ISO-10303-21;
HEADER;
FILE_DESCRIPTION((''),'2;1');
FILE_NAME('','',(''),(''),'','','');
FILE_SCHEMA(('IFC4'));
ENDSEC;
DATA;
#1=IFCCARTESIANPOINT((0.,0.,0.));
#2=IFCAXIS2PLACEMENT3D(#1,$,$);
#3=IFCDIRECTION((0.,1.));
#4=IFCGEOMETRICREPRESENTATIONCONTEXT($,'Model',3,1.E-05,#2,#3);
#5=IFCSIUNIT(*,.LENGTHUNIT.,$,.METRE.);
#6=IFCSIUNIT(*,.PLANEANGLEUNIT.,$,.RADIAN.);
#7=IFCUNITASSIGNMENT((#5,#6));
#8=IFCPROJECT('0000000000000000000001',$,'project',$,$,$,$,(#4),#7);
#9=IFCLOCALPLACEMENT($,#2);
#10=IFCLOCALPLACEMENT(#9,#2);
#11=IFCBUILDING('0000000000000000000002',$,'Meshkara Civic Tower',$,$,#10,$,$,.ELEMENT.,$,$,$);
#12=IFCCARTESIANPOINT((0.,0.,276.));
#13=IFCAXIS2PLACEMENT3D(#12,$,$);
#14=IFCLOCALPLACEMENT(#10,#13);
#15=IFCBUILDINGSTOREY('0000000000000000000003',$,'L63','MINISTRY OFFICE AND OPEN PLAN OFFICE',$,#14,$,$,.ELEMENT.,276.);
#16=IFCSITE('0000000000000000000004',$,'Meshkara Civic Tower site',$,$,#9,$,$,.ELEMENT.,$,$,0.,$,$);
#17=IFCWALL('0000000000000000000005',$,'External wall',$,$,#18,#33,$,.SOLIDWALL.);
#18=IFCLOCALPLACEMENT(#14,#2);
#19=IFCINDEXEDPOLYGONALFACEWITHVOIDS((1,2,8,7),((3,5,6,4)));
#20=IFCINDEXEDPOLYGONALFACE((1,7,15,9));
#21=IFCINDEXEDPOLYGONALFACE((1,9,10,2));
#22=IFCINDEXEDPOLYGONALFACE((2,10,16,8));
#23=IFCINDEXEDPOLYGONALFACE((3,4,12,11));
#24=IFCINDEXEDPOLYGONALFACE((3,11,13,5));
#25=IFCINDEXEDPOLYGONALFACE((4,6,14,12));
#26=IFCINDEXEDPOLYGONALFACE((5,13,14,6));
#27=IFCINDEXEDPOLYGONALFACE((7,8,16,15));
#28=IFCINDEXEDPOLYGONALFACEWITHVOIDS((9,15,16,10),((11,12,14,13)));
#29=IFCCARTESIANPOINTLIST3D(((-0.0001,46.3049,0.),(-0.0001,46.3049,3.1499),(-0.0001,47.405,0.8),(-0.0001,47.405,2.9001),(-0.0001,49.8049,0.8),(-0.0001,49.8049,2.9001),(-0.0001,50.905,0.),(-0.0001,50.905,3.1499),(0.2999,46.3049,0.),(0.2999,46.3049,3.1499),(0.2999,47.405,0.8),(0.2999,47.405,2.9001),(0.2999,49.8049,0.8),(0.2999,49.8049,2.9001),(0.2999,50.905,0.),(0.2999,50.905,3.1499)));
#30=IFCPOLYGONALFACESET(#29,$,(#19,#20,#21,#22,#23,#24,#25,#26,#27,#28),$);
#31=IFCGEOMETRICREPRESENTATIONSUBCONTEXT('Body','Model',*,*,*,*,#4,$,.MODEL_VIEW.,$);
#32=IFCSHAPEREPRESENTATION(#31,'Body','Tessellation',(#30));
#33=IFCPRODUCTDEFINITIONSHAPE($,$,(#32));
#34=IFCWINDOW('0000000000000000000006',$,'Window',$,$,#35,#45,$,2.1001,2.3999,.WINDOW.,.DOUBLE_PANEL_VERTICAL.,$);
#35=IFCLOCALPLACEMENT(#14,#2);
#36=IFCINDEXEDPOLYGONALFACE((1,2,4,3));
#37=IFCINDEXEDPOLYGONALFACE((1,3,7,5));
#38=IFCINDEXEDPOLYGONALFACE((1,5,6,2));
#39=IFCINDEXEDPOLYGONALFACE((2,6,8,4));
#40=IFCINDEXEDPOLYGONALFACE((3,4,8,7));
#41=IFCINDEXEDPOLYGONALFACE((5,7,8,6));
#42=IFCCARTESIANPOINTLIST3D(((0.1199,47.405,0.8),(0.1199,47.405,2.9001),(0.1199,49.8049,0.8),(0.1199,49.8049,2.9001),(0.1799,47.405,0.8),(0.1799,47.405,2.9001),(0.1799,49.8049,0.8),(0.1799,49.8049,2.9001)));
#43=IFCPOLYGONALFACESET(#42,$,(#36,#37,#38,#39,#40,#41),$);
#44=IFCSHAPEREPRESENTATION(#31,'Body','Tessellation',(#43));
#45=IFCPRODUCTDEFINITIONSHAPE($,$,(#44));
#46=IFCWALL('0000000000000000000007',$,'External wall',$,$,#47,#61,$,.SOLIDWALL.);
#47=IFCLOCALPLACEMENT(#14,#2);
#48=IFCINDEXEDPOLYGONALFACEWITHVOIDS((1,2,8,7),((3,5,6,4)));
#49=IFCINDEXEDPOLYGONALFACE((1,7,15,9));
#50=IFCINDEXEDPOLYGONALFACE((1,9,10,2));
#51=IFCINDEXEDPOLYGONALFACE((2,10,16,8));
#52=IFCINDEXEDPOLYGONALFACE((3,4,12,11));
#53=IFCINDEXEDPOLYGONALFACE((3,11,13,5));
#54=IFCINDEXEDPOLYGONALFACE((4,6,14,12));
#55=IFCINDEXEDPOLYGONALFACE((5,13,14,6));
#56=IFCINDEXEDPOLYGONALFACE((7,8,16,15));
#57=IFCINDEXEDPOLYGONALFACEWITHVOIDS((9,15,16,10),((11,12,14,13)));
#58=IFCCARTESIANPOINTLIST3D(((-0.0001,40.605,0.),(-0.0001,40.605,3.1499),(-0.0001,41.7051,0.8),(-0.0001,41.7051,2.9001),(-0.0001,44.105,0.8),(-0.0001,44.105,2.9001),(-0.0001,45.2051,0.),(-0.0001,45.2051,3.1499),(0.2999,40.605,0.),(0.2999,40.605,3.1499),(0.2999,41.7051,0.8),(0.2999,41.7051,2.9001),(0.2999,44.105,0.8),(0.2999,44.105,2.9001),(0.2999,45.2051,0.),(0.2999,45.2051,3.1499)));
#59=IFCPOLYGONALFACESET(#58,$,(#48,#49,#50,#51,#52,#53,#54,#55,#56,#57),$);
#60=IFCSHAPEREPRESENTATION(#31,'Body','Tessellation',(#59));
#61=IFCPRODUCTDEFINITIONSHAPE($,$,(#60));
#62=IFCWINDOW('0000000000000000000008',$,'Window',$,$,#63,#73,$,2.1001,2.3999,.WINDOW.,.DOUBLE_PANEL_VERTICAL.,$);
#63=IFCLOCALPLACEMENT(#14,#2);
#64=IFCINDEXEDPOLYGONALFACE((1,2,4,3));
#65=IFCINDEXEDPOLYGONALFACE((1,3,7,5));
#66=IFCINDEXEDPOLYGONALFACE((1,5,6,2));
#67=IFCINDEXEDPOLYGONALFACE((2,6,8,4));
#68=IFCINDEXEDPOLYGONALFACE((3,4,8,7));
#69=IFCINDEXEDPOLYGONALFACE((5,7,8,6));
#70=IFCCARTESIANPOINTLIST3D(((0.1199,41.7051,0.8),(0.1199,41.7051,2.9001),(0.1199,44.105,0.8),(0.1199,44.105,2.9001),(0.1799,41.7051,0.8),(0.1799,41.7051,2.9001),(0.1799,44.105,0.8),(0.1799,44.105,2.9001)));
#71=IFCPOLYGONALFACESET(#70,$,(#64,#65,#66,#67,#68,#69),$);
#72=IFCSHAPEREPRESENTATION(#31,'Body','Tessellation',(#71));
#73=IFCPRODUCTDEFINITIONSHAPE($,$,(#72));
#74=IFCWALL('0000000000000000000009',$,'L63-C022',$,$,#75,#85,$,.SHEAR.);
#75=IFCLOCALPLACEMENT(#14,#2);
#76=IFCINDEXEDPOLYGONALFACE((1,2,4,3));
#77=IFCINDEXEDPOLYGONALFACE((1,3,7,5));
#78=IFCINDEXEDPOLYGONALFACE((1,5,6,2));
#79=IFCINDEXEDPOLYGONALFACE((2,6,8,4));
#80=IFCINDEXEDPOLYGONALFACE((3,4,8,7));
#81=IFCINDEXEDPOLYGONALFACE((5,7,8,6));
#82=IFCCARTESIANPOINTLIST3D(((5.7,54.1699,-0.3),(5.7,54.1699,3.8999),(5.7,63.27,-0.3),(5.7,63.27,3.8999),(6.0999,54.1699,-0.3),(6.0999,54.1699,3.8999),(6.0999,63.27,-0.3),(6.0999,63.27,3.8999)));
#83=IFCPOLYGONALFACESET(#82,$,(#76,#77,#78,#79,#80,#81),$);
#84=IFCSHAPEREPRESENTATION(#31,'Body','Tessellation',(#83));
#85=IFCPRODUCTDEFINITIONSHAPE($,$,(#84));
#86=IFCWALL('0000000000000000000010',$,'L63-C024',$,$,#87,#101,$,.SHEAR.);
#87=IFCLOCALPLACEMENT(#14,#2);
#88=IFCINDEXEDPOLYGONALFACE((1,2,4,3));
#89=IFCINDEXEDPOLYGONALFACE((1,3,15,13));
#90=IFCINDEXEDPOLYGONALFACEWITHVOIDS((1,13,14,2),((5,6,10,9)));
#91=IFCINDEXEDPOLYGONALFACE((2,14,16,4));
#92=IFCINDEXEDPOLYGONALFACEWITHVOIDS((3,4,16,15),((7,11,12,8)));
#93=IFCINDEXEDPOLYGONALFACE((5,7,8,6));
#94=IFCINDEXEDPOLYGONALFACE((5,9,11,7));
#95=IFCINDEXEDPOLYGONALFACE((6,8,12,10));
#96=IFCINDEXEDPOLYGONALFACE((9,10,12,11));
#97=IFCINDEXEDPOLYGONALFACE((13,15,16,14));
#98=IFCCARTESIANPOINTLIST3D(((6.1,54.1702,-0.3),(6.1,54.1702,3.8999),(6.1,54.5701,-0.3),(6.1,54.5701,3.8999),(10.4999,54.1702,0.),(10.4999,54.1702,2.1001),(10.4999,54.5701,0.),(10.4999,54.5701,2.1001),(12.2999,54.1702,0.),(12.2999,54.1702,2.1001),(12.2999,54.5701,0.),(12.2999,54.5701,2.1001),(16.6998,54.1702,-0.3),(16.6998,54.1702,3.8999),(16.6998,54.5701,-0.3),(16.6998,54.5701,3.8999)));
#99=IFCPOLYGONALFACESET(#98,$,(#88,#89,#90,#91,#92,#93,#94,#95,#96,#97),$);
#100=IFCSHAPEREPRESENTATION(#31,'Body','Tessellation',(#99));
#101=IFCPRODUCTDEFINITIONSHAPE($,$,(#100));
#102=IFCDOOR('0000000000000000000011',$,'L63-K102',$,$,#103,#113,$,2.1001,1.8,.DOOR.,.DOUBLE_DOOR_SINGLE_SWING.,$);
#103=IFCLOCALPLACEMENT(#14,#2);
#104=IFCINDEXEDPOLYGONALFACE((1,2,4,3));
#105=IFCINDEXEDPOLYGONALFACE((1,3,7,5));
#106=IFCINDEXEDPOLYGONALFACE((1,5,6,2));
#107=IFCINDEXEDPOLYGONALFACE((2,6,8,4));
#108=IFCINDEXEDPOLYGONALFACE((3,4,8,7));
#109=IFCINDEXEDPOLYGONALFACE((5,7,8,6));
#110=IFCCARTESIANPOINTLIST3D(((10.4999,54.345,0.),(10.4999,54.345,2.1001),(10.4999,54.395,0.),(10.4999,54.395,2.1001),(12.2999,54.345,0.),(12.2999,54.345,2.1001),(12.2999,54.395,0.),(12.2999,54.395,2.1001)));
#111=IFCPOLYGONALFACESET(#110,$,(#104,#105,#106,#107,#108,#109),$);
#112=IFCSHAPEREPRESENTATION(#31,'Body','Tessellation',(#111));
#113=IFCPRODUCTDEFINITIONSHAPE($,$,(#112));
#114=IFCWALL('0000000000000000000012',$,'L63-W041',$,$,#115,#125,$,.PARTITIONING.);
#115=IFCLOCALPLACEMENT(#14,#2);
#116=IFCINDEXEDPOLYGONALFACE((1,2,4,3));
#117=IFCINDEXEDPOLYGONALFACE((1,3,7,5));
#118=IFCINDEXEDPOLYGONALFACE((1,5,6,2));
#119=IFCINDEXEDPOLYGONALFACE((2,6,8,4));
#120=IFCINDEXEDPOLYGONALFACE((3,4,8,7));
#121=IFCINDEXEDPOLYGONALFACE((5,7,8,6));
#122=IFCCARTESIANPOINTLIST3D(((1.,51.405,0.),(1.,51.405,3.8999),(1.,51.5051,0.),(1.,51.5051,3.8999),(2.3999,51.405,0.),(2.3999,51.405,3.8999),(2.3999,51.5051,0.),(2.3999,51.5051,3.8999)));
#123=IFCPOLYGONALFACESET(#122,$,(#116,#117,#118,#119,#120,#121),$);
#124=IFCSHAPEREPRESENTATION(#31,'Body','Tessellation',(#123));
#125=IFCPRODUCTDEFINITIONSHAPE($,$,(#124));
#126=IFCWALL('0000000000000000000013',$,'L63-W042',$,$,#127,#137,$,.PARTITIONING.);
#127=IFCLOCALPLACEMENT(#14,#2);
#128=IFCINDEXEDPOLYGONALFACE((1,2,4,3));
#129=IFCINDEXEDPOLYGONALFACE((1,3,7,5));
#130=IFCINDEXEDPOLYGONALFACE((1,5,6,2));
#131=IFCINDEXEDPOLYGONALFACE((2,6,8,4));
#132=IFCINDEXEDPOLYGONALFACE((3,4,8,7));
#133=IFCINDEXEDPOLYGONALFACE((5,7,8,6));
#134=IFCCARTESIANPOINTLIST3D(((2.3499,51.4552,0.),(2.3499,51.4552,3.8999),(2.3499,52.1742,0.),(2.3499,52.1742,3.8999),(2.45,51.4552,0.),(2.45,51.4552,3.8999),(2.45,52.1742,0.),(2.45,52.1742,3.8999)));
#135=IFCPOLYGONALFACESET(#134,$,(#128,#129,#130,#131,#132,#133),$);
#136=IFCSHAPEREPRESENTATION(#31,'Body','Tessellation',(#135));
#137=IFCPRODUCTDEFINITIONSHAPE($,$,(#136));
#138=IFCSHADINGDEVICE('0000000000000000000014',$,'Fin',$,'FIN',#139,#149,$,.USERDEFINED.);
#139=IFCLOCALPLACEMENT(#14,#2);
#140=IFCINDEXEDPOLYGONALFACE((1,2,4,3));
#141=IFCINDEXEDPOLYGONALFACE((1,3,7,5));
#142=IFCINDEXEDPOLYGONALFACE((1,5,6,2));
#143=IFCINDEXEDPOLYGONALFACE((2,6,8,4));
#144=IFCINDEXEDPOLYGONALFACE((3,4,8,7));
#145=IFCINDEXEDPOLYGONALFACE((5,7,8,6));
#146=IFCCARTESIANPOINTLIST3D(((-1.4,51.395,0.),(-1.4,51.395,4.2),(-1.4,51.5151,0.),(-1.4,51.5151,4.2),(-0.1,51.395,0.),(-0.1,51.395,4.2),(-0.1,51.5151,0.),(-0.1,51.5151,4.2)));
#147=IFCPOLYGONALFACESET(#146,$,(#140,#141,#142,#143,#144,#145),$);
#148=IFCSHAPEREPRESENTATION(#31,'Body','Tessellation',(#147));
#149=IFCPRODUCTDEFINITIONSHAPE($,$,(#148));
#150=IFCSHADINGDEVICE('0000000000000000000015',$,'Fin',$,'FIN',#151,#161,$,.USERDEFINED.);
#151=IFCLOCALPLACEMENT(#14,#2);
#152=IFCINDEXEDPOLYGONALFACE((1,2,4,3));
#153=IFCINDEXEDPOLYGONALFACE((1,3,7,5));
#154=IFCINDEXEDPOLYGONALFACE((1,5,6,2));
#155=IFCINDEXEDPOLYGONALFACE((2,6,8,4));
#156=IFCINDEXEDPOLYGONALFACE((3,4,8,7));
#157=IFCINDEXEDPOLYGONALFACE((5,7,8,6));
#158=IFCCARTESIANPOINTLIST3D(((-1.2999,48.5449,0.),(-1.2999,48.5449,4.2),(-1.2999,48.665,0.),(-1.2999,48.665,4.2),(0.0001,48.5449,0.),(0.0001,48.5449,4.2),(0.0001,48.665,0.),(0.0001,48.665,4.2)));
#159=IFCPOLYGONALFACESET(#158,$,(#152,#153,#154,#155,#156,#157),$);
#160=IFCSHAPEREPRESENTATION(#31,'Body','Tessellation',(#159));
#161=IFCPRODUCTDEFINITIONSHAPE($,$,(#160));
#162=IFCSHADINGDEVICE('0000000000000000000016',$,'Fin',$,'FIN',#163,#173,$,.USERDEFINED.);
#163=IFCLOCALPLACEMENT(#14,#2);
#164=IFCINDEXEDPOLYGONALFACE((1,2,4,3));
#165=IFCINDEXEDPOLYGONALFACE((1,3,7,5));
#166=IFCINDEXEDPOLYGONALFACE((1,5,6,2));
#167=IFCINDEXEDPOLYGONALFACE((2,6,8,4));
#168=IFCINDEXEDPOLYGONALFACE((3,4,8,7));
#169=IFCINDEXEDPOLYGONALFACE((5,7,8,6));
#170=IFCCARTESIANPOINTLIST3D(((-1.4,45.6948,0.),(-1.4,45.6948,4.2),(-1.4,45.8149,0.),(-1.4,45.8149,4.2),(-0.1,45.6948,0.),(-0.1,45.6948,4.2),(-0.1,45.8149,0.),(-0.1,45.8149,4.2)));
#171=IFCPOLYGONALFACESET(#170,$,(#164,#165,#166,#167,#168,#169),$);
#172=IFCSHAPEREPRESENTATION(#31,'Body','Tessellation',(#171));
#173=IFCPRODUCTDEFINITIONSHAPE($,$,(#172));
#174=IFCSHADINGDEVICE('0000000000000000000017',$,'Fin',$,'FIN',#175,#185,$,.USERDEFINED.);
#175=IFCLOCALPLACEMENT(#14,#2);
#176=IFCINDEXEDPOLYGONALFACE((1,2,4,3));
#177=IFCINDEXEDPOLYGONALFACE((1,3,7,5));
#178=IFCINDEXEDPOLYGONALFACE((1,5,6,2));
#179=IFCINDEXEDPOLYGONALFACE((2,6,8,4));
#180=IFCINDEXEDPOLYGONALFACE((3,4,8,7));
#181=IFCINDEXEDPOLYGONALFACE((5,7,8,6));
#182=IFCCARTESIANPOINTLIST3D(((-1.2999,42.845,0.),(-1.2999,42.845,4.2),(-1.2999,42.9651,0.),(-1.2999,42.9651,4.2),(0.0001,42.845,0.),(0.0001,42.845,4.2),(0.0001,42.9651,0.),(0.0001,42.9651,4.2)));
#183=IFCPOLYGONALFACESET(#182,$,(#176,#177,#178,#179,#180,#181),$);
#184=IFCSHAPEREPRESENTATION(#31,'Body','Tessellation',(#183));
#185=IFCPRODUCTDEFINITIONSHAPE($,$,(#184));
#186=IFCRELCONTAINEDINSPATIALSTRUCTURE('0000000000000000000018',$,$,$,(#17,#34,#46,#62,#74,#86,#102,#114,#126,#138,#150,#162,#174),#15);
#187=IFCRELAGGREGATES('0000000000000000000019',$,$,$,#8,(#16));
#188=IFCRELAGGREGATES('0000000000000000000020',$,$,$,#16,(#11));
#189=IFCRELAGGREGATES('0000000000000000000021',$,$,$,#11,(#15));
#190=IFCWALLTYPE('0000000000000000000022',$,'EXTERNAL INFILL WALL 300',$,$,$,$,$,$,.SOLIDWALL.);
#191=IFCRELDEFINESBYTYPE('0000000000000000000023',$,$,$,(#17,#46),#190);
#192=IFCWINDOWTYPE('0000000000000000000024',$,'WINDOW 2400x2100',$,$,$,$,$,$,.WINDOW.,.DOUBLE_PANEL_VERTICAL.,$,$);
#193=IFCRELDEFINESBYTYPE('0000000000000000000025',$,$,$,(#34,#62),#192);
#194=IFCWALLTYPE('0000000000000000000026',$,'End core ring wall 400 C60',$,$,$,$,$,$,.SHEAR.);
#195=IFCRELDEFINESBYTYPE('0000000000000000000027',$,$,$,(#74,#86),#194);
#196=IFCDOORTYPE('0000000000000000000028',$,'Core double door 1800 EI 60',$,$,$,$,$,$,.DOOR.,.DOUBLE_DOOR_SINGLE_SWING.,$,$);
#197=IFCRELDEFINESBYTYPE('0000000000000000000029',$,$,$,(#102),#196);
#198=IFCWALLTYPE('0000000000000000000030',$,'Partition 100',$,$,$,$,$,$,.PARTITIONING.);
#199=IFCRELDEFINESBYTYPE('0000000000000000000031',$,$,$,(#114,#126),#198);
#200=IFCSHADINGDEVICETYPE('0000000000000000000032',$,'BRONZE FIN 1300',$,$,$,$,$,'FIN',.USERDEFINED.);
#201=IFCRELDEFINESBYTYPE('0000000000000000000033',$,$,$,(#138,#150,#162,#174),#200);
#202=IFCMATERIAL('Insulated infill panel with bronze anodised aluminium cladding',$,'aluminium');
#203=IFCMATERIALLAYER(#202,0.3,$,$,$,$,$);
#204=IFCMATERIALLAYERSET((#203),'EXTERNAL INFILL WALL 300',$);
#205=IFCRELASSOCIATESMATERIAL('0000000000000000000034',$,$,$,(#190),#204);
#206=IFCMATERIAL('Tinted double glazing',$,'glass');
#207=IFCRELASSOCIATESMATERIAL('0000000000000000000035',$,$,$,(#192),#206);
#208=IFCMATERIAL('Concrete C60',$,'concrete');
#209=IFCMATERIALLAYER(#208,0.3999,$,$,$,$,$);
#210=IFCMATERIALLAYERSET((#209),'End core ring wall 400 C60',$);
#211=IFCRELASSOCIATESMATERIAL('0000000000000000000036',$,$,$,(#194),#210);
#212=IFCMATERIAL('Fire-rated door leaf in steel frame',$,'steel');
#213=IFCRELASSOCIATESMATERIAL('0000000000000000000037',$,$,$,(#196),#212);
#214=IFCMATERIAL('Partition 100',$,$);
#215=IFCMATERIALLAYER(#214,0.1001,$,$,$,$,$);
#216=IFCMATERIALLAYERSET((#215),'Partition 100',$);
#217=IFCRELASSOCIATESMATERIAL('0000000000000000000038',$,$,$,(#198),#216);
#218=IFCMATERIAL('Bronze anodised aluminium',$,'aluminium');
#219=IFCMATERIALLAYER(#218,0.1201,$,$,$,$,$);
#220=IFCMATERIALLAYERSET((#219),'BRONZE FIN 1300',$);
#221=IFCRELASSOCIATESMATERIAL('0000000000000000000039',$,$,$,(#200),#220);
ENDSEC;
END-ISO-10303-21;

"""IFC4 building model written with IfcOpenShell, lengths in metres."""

from ifc_helpers import new_model, si_unit, direction, frame, frame_2d, origin, origin_2d, place, context, subcontext, project, spatial, rectangle, extrude, material, layer, layer_set, type_object, element, fill, save


model = new_model("IFC4")

# Units and contexts
model_context = context("Model", 3, precision=1e-05, world=origin(), true_north=direction((0.0, 1.0)))
body_context = subcontext(model_context, "Body", "Model", "MODEL_VIEW")
ifc_project = project(units=[si_unit("LENGTHUNIT", "METRE"), si_unit("PLANEANGLEUNIT", "RADIAN")], contexts=[model_context])

# Site, building, storey
site_placement = place(None, origin())
site = spatial("IfcSite", under=ifc_project, at=site_placement, Name="Meshkara Civic Tower site", CompositionType="ELEMENT", RefElevation=0.0)
building_placement = place(site_placement, origin())
building = spatial("IfcBuilding", under=site, at=building_placement, Name="Meshkara Civic Tower", CompositionType="ELEMENT")
storey_placement = place(building_placement, frame((0.0, 0.0, 276.0)))
storey = spatial("IfcBuildingStorey", under=building, at=storey_placement, Name="L63", Description="MINISTRY OFFICE AND OPEN PLAN OFFICE", CompositionType="ELEMENT", Elevation=276.0)

# Walls, openings, windows
ifc_material_1 = material(Name="Insulated infill panel with bronze anodised aluminium cladding", Category="aluminium")
ifc_layer_1 = layer(ifc_material_1, 0.3)
ifc_layer_set_1 = layer_set([ifc_layer_1], Name="EXTERNAL INFILL WALL 300")
wall_type_1 = type_object("IfcWallType", Name="EXTERNAL INFILL WALL 300", PredefinedType="SOLIDWALL", material=ifc_layer_set_1)
wall_1_placement = place(storey_placement, frame((0.1499, 50.905, 0.0), z_axis=(0.0, 0.0, 1.0), x_axis=(0.0, -1.0, 0.0)))
wall_1 = element("IfcWall", 1, at=wall_1_placement, inside=storey, type_object=wall_type_1, Name="External wall", PredefinedType="SOLIDWALL", context=body_context, shape_type="SweptSolid", body=[
    extrude(rectangle(XDim=4.6001, YDim=0.3, at=frame_2d((2.3, 0.0))), origin(), (0.0, 0.0, 1.0), 3.1499),
])
opening_1_placement = place(wall_1_placement, frame((1.1001, 0.0, 0.8)))
opening_1 = element("IfcOpeningElement", 2, at=opening_1_placement, cuts=wall_1, PredefinedType="OPENING", context=body_context, shape_type="SweptSolid", body=[
    extrude(rectangle(XDim=2.3999, YDim=2.1001, at=frame_2d((1.2, 1.05))), frame((0.0, 0.1599, 0.0), z_axis=(0.0, -1.0, 0.0), x_axis=(1.0, 0.0, 0.0)), (0.0, 0.0, 1.0), 0.3201),
])
ifc_material_2 = material(Name="Tinted double glazing", Category="glass")
window_type = type_object("IfcWindowType", Name="WINDOW 2400x2100", PartitioningType="DOUBLE_PANEL_VERTICAL", PredefinedType="WINDOW", material=ifc_material_2)
window_1_placement = place(opening_1_placement, origin())
window_1 = element("IfcWindow", 3, at=window_1_placement, inside=storey, type_object=window_type, Name="Window", OverallHeight=2.1001, OverallWidth=2.3999, PartitioningType="DOUBLE_PANEL_VERTICAL", PredefinedType="WINDOW", context=body_context, shape_type="SweptSolid", body=[
    extrude(rectangle(XDim=2.3999, YDim=2.1001, at=frame_2d((1.2, 1.05))), frame((0.0, 0.03, 0.0), z_axis=(0.0, -1.0, 0.0), x_axis=(1.0, 0.0, 0.0)), (0.0, 0.0, 1.0), 0.0601),
])
fill(opening_1, window_1)
wall_2_placement = place(storey_placement, frame((0.1499, 45.2051, 0.0), z_axis=(0.0, 0.0, 1.0), x_axis=(0.0, -1.0, 0.0)))
wall_2 = element("IfcWall", 4, at=wall_2_placement, inside=storey, type_object=wall_type_1, Name="External wall", PredefinedType="SOLIDWALL", context=body_context, shape_type="SweptSolid", body=[
    extrude(rectangle(XDim=4.6001, YDim=0.3, at=frame_2d((2.3, 0.0))), origin(), (0.0, 0.0, 1.0), 3.1499),
])
opening_2_placement = place(wall_2_placement, frame((1.1001, 0.0, 0.8)))
opening_2 = element("IfcOpeningElement", 5, at=opening_2_placement, cuts=wall_2, PredefinedType="OPENING", context=body_context, shape_type="SweptSolid", body=[
    extrude(rectangle(XDim=2.3999, YDim=2.1001, at=frame_2d((1.2, 1.05))), frame((0.0, 0.1599, 0.0), z_axis=(0.0, -1.0, 0.0), x_axis=(1.0, 0.0, 0.0)), (0.0, 0.0, 1.0), 0.3201),
])
window_2_placement = place(opening_2_placement, origin())
window_2 = element("IfcWindow", 6, at=window_2_placement, inside=storey, type_object=window_type, Name="Window", OverallHeight=2.1001, OverallWidth=2.3999, PartitioningType="DOUBLE_PANEL_VERTICAL", PredefinedType="WINDOW", context=body_context, shape_type="SweptSolid", body=[
    extrude(rectangle(XDim=2.3999, YDim=2.1001, at=frame_2d((1.2, 1.05))), frame((0.0, 0.03, 0.0), z_axis=(0.0, -1.0, 0.0), x_axis=(1.0, 0.0, 0.0)), (0.0, 0.0, 1.0), 0.0601),
])
fill(opening_2, window_2)

# Wall
ifc_material_3 = material(Name="Concrete C60", Category="concrete")
ifc_layer_2 = layer(ifc_material_3, 0.3999)
ifc_layer_set_2 = layer_set([ifc_layer_2], Name="End core ring wall 400 C60")
wall_type_2 = type_object("IfcWallType", Name="End core ring wall 400 C60", PredefinedType="SHEAR", material=ifc_layer_set_2)
wall_3_placement = place(storey_placement, frame((5.8999, 54.1699, -0.3), z_axis=(0.0, 0.0, 1.0), x_axis=(0.0, 1.0, 0.0)))
element("IfcWall", 7, at=wall_3_placement, inside=storey, type_object=wall_type_2, Name="L63-C022", PredefinedType="SHEAR", context=body_context, shape_type="SweptSolid", body=[
    extrude(rectangle(XDim=9.1001, YDim=0.3999, at=frame_2d((4.55, 0.0))), origin(), (0.0, 0.0, 1.0), 4.2),
])

# Wall, opening, door
wall_4_placement = place(storey_placement, frame((6.1001, 54.3701, -0.3), z_axis=(0.0, 0.0, 1.0), x_axis=(1.0, 0.0, 0.0)))
wall_4 = element("IfcWall", 8, at=wall_4_placement, inside=storey, type_object=wall_type_2, Name="L63-C024", PredefinedType="SHEAR", context=body_context, shape_type="SweptSolid", body=[
    extrude(rectangle(XDim=10.5999, YDim=0.3999, at=frame_2d((5.2998, 0.0))), origin(), (0.0, 0.0, 1.0), 4.2),
])
opening_3_placement = place(wall_4_placement, frame((4.3999, 0.0, 0.3)))
opening_3 = element("IfcOpeningElement", 9, at=opening_3_placement, cuts=wall_4, PredefinedType="OPENING", context=body_context, shape_type="SweptSolid", body=[
    extrude(rectangle(XDim=1.8, YDim=2.1001, at=frame_2d((0.8999, 1.05))), frame((0.0, 0.21, 0.0), z_axis=(0.0, -1.0, 0.0), x_axis=(1.0, 0.0, 0.0)), (0.0, 0.0, 1.0), 0.4199),
])
ifc_material_4 = material(Name="Fire-rated door leaf in steel frame", Category="steel")
door_type_1 = type_object("IfcDoorType", Name="Core double door 1800 EI 60", OperationType="DOUBLE_DOOR_SINGLE_SWING", PredefinedType="DOOR", material=ifc_material_4)
door_1_placement = place(opening_3_placement, origin())
door_1 = element("IfcDoor", 10, at=door_1_placement, inside=storey, type_object=door_type_1, Name="L63-K102", OperationType="DOUBLE_DOOR_SINGLE_SWING", OverallHeight=2.1001, OverallWidth=1.8, PredefinedType="DOOR", context=body_context, shape_type="SweptSolid", body=[
    extrude(rectangle(XDim=1.8, YDim=2.1001, at=frame_2d((0.8999, 1.05))), frame((0.0, 0.0249, 0.0), z_axis=(0.0, -1.0, 0.0), x_axis=(1.0, 0.0, 0.0)), (0.0, 0.0, 1.0), 0.05),
])
fill(opening_3, door_1)

# Walls
ifc_material_5 = material(Name="Partition 100")
ifc_layer_3 = layer(ifc_material_5, 0.1001)
ifc_layer_set_3 = layer_set([ifc_layer_3], Name="Partition 100")
wall_type_3 = type_object("IfcWallType", Name="Partition 100", PredefinedType="PARTITIONING", material=ifc_layer_set_3)
wall_5_placement = place(storey_placement, frame((2.3999, 51.4551, 0.0), z_axis=(0.0, 0.0, 1.0), x_axis=(-1.0, 0.0, 0.0)))
element("IfcWall", 11, at=wall_5_placement, inside=storey, type_object=wall_type_3, Name="L63-W041", PredefinedType="PARTITIONING", context=body_context, shape_type="SweptSolid", body=[
    extrude(rectangle(XDim=1.3999, YDim=0.1001, at=frame_2d((0.7, 0.0))), origin(), (0.0, 0.0, 1.0), 3.8999),
])
wall_6_placement = place(storey_placement, frame((2.3999, 52.1741, 0.0), z_axis=(0.0, 0.0, 1.0), x_axis=(0.0, -1.0, 0.0)))
element("IfcWall", 12, at=wall_6_placement, inside=storey, type_object=wall_type_3, Name="L63-W042", PredefinedType="PARTITIONING", context=body_context, shape_type="SweptSolid", body=[
    extrude(rectangle(XDim=0.719, YDim=0.1001, at=frame_2d((0.3594, 0.0))), origin(), (0.0, 0.0, 1.0), 3.8999),
])

# Shading devices
ifc_material_6 = material(Name="Bronze anodised aluminium", Category="aluminium")
ifc_layer_4 = layer(ifc_material_6, 0.1201)
ifc_layer_set_4 = layer_set([ifc_layer_4], Name="BRONZE FIN 1300")
shading_device_type_1 = type_object("IfcShadingDeviceType", Name="BRONZE FIN 1300", ElementType="FIN", PredefinedType="USERDEFINED", material=ifc_layer_set_4)
for number, where, z_axis, x_axis, name in (
    (13, (-0.75, 51.4551, 0.0), (0.0, 0.0, 1.0), (0.0, -1.0, 0.0), "Fin"),
    (14, (-0.6499, 48.605, 0.0), (0.0, 0.0, 1.0), (0.0, -1.0, 0.0), "Fin"),
    (15, (-0.75, 45.7549, 0.0), (0.0, 0.0, 1.0), (0.0, -1.0, 0.0), "Fin"),
    (16, (-0.6499, 42.905, 0.0), (0.0, 0.0, 1.0), (0.0, -1.0, 0.0), "Fin"),
):
    element("IfcShadingDevice", number, at=place(storey_placement, frame(where, z_axis=z_axis, x_axis=x_axis)), inside=storey, type_object=shading_device_type_1, Name=name, ObjectType="FIN", PredefinedType="USERDEFINED", context=body_context, shape_type="SweptSolid", body=[
        extrude(rectangle(XDim=0.1201, YDim=1.3, at=origin_2d()), origin(), (0.0, 0.0, 1.0), 4.2),
    ])

save(model, "model.ifc")
